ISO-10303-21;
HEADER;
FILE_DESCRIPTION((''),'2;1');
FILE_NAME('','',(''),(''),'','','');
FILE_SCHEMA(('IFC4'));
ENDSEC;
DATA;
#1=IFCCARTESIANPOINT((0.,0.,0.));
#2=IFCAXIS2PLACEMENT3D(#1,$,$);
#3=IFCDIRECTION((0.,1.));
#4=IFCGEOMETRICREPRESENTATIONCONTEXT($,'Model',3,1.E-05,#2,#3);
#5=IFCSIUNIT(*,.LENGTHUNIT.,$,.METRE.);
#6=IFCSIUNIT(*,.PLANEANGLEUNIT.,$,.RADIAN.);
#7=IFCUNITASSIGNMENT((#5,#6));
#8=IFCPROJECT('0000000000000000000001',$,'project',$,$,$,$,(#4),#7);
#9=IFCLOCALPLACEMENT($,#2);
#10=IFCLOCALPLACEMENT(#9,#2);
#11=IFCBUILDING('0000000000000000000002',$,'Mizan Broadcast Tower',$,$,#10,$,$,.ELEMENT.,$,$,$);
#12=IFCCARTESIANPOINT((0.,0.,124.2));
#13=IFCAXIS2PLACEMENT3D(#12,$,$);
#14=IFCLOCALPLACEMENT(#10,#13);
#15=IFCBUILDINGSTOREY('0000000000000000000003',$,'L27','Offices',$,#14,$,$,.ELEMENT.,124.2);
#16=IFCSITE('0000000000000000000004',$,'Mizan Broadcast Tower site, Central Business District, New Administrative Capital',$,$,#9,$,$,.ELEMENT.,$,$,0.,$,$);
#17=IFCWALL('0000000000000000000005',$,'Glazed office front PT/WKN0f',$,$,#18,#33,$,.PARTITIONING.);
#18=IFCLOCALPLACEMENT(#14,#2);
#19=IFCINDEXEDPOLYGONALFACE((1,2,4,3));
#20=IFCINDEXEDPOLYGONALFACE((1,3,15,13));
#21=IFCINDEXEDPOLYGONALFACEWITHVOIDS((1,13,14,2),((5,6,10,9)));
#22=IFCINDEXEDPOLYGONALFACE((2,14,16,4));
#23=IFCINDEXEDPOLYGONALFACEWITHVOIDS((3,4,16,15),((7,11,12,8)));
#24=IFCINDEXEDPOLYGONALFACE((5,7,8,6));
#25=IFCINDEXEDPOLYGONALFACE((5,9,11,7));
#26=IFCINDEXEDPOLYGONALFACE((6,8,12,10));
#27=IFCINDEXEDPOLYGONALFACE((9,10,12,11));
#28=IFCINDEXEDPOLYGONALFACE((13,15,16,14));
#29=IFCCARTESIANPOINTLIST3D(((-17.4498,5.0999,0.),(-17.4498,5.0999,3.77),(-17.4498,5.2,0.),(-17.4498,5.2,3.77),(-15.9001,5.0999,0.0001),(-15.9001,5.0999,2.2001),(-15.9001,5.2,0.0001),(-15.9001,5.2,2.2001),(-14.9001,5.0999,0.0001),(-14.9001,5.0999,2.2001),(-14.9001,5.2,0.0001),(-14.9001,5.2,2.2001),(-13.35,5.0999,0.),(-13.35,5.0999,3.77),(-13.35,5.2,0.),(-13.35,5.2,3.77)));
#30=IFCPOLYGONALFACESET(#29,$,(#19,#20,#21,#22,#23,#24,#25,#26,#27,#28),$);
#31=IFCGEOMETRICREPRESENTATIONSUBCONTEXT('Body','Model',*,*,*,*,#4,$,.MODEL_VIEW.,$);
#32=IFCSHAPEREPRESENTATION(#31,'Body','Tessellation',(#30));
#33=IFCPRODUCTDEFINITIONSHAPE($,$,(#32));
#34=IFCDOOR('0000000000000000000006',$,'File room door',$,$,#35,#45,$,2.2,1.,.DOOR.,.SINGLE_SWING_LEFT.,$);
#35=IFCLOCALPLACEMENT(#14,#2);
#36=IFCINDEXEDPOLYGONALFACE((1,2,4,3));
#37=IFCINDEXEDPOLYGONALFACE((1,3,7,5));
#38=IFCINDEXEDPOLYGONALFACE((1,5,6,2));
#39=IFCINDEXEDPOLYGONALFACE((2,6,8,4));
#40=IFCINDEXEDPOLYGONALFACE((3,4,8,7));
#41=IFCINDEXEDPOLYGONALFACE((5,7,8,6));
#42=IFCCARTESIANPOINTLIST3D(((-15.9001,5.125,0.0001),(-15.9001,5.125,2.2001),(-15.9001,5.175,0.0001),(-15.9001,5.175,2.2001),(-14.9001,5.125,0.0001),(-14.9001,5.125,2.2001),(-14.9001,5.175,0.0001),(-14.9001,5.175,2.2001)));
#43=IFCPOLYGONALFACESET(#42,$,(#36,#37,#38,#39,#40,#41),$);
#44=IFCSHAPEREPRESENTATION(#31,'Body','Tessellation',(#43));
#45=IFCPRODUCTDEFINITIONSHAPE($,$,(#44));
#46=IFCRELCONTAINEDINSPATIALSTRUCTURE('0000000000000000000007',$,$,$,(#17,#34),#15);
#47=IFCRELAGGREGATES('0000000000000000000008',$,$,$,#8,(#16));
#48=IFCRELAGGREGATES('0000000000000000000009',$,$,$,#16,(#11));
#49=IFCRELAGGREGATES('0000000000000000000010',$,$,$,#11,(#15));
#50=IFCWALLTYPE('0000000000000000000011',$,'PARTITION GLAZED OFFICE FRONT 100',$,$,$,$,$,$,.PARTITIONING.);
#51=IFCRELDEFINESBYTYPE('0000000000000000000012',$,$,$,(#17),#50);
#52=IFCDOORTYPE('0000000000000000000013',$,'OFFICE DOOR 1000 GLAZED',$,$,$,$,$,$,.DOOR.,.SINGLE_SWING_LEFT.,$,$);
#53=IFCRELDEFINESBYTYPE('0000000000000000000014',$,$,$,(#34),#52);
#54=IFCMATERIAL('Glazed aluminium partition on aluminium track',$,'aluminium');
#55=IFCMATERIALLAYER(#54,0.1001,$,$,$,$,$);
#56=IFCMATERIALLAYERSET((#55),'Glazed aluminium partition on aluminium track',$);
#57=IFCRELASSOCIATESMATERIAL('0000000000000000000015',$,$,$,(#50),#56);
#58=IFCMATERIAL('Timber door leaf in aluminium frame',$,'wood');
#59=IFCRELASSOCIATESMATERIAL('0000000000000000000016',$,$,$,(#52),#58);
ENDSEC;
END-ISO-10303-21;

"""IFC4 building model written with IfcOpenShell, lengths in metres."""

from ifc_helpers import new_model, si_unit, direction, frame, frame_2d, origin, place, context, subcontext, project, spatial, rectangle, extrude, material, layer, layer_set, type_object, element, fill, save


model = new_model("IFC4")

# Units and contexts
model_context = context("Model", 3, precision=1e-05, world=origin(), true_north=direction((0.0, 1.0)))
body_context = subcontext(model_context, "Body", "Model", "MODEL_VIEW")
ifc_project = project(units=[si_unit("LENGTHUNIT", "METRE"), si_unit("PLANEANGLEUNIT", "RADIAN")], contexts=[model_context])

# Site, building, storey
site_placement = place(None, origin())
site = spatial("IfcSite", under=ifc_project, at=site_placement, Name="Mizan Broadcast Tower site, Central Business District, New Administrative Capital", CompositionType="ELEMENT", RefElevation=0.0)
building_placement = place(site_placement, origin())
building = spatial("IfcBuilding", under=site, at=building_placement, Name="Mizan Broadcast Tower", CompositionType="ELEMENT")
storey_placement = place(building_placement, frame((0.0, 0.0, 124.2)))
storey = spatial("IfcBuildingStorey", under=building, at=storey_placement, Name="L27", Description="Offices", CompositionType="ELEMENT", Elevation=124.2)

# Shared definitions
ifc_material_1 = material(Name="Glazed aluminium partition on aluminium track", Category="aluminium")
ifc_layer_1 = layer(ifc_material_1, 0.1001)
ifc_layer_set_1 = layer_set([ifc_layer_1], Name="Glazed aluminium partition on aluminium track")
wall_type_1 = type_object("IfcWallType", Name="PARTITION GLAZED OFFICE FRONT 100", PredefinedType="PARTITIONING", material=ifc_layer_set_1)

# Wall, opening, door
wall_1_placement = place(storey_placement, frame((-13.3501, 5.1499, 0.0), z_axis=(0.0, 0.0, 1.0), x_axis=(-1.0, 0.0, 0.0)))
wall_1 = element("IfcWall", 1, at=wall_1_placement, inside=storey, type_object=wall_type_1, Name="Glazed office front PT/WKN0f", PredefinedType="PARTITIONING", context=body_context, shape_type="SweptSolid", body=[
    extrude(rectangle(XDim=4.0999, YDim=0.1001, at=frame_2d((2.0498, 0.0))), origin(), (0.0, 0.0, 1.0), 3.77),
])
opening_1_placement = place(wall_1_placement, frame((1.55, 0.0, 0.0)))
opening_1 = element("IfcOpeningElement", 2, at=opening_1_placement, cuts=wall_1, PredefinedType="OPENING", context=body_context, shape_type="SweptSolid", body=[
    extrude(rectangle(XDim=1.0, YDim=2.2, at=frame_2d((0.5, 1.1001))), frame((0.0, 0.0601, 0.0), z_axis=(0.0, -1.0, 0.0), x_axis=(1.0, 0.0, 0.0)), (0.0, 0.0, 1.0), 0.1201),
])
ifc_material_2 = material(Name="Timber door leaf in aluminium frame", Category="wood")
door_type_1 = type_object("IfcDoorType", Name="OFFICE DOOR 1000 GLAZED", OperationType="SINGLE_SWING_LEFT", PredefinedType="DOOR", material=ifc_material_2)
door_1_placement = place(opening_1_placement, origin())
door_1 = element("IfcDoor", 3, at=door_1_placement, inside=storey, type_object=door_type_1, Name="File room door", OperationType="SINGLE_SWING_LEFT", OverallHeight=2.2, OverallWidth=1.0, PredefinedType="DOOR", context=body_context, shape_type="SweptSolid", body=[
    extrude(rectangle(XDim=1.0, YDim=2.2, at=frame_2d((0.5, 1.1001))), frame((0.0, 0.0249, 0.0), z_axis=(0.0, -1.0, 0.0), x_axis=(1.0, 0.0, 0.0)), (0.0, 0.0, 1.0), 0.05),
])
fill(opening_1, door_1)

save(model, "model.ifc")
